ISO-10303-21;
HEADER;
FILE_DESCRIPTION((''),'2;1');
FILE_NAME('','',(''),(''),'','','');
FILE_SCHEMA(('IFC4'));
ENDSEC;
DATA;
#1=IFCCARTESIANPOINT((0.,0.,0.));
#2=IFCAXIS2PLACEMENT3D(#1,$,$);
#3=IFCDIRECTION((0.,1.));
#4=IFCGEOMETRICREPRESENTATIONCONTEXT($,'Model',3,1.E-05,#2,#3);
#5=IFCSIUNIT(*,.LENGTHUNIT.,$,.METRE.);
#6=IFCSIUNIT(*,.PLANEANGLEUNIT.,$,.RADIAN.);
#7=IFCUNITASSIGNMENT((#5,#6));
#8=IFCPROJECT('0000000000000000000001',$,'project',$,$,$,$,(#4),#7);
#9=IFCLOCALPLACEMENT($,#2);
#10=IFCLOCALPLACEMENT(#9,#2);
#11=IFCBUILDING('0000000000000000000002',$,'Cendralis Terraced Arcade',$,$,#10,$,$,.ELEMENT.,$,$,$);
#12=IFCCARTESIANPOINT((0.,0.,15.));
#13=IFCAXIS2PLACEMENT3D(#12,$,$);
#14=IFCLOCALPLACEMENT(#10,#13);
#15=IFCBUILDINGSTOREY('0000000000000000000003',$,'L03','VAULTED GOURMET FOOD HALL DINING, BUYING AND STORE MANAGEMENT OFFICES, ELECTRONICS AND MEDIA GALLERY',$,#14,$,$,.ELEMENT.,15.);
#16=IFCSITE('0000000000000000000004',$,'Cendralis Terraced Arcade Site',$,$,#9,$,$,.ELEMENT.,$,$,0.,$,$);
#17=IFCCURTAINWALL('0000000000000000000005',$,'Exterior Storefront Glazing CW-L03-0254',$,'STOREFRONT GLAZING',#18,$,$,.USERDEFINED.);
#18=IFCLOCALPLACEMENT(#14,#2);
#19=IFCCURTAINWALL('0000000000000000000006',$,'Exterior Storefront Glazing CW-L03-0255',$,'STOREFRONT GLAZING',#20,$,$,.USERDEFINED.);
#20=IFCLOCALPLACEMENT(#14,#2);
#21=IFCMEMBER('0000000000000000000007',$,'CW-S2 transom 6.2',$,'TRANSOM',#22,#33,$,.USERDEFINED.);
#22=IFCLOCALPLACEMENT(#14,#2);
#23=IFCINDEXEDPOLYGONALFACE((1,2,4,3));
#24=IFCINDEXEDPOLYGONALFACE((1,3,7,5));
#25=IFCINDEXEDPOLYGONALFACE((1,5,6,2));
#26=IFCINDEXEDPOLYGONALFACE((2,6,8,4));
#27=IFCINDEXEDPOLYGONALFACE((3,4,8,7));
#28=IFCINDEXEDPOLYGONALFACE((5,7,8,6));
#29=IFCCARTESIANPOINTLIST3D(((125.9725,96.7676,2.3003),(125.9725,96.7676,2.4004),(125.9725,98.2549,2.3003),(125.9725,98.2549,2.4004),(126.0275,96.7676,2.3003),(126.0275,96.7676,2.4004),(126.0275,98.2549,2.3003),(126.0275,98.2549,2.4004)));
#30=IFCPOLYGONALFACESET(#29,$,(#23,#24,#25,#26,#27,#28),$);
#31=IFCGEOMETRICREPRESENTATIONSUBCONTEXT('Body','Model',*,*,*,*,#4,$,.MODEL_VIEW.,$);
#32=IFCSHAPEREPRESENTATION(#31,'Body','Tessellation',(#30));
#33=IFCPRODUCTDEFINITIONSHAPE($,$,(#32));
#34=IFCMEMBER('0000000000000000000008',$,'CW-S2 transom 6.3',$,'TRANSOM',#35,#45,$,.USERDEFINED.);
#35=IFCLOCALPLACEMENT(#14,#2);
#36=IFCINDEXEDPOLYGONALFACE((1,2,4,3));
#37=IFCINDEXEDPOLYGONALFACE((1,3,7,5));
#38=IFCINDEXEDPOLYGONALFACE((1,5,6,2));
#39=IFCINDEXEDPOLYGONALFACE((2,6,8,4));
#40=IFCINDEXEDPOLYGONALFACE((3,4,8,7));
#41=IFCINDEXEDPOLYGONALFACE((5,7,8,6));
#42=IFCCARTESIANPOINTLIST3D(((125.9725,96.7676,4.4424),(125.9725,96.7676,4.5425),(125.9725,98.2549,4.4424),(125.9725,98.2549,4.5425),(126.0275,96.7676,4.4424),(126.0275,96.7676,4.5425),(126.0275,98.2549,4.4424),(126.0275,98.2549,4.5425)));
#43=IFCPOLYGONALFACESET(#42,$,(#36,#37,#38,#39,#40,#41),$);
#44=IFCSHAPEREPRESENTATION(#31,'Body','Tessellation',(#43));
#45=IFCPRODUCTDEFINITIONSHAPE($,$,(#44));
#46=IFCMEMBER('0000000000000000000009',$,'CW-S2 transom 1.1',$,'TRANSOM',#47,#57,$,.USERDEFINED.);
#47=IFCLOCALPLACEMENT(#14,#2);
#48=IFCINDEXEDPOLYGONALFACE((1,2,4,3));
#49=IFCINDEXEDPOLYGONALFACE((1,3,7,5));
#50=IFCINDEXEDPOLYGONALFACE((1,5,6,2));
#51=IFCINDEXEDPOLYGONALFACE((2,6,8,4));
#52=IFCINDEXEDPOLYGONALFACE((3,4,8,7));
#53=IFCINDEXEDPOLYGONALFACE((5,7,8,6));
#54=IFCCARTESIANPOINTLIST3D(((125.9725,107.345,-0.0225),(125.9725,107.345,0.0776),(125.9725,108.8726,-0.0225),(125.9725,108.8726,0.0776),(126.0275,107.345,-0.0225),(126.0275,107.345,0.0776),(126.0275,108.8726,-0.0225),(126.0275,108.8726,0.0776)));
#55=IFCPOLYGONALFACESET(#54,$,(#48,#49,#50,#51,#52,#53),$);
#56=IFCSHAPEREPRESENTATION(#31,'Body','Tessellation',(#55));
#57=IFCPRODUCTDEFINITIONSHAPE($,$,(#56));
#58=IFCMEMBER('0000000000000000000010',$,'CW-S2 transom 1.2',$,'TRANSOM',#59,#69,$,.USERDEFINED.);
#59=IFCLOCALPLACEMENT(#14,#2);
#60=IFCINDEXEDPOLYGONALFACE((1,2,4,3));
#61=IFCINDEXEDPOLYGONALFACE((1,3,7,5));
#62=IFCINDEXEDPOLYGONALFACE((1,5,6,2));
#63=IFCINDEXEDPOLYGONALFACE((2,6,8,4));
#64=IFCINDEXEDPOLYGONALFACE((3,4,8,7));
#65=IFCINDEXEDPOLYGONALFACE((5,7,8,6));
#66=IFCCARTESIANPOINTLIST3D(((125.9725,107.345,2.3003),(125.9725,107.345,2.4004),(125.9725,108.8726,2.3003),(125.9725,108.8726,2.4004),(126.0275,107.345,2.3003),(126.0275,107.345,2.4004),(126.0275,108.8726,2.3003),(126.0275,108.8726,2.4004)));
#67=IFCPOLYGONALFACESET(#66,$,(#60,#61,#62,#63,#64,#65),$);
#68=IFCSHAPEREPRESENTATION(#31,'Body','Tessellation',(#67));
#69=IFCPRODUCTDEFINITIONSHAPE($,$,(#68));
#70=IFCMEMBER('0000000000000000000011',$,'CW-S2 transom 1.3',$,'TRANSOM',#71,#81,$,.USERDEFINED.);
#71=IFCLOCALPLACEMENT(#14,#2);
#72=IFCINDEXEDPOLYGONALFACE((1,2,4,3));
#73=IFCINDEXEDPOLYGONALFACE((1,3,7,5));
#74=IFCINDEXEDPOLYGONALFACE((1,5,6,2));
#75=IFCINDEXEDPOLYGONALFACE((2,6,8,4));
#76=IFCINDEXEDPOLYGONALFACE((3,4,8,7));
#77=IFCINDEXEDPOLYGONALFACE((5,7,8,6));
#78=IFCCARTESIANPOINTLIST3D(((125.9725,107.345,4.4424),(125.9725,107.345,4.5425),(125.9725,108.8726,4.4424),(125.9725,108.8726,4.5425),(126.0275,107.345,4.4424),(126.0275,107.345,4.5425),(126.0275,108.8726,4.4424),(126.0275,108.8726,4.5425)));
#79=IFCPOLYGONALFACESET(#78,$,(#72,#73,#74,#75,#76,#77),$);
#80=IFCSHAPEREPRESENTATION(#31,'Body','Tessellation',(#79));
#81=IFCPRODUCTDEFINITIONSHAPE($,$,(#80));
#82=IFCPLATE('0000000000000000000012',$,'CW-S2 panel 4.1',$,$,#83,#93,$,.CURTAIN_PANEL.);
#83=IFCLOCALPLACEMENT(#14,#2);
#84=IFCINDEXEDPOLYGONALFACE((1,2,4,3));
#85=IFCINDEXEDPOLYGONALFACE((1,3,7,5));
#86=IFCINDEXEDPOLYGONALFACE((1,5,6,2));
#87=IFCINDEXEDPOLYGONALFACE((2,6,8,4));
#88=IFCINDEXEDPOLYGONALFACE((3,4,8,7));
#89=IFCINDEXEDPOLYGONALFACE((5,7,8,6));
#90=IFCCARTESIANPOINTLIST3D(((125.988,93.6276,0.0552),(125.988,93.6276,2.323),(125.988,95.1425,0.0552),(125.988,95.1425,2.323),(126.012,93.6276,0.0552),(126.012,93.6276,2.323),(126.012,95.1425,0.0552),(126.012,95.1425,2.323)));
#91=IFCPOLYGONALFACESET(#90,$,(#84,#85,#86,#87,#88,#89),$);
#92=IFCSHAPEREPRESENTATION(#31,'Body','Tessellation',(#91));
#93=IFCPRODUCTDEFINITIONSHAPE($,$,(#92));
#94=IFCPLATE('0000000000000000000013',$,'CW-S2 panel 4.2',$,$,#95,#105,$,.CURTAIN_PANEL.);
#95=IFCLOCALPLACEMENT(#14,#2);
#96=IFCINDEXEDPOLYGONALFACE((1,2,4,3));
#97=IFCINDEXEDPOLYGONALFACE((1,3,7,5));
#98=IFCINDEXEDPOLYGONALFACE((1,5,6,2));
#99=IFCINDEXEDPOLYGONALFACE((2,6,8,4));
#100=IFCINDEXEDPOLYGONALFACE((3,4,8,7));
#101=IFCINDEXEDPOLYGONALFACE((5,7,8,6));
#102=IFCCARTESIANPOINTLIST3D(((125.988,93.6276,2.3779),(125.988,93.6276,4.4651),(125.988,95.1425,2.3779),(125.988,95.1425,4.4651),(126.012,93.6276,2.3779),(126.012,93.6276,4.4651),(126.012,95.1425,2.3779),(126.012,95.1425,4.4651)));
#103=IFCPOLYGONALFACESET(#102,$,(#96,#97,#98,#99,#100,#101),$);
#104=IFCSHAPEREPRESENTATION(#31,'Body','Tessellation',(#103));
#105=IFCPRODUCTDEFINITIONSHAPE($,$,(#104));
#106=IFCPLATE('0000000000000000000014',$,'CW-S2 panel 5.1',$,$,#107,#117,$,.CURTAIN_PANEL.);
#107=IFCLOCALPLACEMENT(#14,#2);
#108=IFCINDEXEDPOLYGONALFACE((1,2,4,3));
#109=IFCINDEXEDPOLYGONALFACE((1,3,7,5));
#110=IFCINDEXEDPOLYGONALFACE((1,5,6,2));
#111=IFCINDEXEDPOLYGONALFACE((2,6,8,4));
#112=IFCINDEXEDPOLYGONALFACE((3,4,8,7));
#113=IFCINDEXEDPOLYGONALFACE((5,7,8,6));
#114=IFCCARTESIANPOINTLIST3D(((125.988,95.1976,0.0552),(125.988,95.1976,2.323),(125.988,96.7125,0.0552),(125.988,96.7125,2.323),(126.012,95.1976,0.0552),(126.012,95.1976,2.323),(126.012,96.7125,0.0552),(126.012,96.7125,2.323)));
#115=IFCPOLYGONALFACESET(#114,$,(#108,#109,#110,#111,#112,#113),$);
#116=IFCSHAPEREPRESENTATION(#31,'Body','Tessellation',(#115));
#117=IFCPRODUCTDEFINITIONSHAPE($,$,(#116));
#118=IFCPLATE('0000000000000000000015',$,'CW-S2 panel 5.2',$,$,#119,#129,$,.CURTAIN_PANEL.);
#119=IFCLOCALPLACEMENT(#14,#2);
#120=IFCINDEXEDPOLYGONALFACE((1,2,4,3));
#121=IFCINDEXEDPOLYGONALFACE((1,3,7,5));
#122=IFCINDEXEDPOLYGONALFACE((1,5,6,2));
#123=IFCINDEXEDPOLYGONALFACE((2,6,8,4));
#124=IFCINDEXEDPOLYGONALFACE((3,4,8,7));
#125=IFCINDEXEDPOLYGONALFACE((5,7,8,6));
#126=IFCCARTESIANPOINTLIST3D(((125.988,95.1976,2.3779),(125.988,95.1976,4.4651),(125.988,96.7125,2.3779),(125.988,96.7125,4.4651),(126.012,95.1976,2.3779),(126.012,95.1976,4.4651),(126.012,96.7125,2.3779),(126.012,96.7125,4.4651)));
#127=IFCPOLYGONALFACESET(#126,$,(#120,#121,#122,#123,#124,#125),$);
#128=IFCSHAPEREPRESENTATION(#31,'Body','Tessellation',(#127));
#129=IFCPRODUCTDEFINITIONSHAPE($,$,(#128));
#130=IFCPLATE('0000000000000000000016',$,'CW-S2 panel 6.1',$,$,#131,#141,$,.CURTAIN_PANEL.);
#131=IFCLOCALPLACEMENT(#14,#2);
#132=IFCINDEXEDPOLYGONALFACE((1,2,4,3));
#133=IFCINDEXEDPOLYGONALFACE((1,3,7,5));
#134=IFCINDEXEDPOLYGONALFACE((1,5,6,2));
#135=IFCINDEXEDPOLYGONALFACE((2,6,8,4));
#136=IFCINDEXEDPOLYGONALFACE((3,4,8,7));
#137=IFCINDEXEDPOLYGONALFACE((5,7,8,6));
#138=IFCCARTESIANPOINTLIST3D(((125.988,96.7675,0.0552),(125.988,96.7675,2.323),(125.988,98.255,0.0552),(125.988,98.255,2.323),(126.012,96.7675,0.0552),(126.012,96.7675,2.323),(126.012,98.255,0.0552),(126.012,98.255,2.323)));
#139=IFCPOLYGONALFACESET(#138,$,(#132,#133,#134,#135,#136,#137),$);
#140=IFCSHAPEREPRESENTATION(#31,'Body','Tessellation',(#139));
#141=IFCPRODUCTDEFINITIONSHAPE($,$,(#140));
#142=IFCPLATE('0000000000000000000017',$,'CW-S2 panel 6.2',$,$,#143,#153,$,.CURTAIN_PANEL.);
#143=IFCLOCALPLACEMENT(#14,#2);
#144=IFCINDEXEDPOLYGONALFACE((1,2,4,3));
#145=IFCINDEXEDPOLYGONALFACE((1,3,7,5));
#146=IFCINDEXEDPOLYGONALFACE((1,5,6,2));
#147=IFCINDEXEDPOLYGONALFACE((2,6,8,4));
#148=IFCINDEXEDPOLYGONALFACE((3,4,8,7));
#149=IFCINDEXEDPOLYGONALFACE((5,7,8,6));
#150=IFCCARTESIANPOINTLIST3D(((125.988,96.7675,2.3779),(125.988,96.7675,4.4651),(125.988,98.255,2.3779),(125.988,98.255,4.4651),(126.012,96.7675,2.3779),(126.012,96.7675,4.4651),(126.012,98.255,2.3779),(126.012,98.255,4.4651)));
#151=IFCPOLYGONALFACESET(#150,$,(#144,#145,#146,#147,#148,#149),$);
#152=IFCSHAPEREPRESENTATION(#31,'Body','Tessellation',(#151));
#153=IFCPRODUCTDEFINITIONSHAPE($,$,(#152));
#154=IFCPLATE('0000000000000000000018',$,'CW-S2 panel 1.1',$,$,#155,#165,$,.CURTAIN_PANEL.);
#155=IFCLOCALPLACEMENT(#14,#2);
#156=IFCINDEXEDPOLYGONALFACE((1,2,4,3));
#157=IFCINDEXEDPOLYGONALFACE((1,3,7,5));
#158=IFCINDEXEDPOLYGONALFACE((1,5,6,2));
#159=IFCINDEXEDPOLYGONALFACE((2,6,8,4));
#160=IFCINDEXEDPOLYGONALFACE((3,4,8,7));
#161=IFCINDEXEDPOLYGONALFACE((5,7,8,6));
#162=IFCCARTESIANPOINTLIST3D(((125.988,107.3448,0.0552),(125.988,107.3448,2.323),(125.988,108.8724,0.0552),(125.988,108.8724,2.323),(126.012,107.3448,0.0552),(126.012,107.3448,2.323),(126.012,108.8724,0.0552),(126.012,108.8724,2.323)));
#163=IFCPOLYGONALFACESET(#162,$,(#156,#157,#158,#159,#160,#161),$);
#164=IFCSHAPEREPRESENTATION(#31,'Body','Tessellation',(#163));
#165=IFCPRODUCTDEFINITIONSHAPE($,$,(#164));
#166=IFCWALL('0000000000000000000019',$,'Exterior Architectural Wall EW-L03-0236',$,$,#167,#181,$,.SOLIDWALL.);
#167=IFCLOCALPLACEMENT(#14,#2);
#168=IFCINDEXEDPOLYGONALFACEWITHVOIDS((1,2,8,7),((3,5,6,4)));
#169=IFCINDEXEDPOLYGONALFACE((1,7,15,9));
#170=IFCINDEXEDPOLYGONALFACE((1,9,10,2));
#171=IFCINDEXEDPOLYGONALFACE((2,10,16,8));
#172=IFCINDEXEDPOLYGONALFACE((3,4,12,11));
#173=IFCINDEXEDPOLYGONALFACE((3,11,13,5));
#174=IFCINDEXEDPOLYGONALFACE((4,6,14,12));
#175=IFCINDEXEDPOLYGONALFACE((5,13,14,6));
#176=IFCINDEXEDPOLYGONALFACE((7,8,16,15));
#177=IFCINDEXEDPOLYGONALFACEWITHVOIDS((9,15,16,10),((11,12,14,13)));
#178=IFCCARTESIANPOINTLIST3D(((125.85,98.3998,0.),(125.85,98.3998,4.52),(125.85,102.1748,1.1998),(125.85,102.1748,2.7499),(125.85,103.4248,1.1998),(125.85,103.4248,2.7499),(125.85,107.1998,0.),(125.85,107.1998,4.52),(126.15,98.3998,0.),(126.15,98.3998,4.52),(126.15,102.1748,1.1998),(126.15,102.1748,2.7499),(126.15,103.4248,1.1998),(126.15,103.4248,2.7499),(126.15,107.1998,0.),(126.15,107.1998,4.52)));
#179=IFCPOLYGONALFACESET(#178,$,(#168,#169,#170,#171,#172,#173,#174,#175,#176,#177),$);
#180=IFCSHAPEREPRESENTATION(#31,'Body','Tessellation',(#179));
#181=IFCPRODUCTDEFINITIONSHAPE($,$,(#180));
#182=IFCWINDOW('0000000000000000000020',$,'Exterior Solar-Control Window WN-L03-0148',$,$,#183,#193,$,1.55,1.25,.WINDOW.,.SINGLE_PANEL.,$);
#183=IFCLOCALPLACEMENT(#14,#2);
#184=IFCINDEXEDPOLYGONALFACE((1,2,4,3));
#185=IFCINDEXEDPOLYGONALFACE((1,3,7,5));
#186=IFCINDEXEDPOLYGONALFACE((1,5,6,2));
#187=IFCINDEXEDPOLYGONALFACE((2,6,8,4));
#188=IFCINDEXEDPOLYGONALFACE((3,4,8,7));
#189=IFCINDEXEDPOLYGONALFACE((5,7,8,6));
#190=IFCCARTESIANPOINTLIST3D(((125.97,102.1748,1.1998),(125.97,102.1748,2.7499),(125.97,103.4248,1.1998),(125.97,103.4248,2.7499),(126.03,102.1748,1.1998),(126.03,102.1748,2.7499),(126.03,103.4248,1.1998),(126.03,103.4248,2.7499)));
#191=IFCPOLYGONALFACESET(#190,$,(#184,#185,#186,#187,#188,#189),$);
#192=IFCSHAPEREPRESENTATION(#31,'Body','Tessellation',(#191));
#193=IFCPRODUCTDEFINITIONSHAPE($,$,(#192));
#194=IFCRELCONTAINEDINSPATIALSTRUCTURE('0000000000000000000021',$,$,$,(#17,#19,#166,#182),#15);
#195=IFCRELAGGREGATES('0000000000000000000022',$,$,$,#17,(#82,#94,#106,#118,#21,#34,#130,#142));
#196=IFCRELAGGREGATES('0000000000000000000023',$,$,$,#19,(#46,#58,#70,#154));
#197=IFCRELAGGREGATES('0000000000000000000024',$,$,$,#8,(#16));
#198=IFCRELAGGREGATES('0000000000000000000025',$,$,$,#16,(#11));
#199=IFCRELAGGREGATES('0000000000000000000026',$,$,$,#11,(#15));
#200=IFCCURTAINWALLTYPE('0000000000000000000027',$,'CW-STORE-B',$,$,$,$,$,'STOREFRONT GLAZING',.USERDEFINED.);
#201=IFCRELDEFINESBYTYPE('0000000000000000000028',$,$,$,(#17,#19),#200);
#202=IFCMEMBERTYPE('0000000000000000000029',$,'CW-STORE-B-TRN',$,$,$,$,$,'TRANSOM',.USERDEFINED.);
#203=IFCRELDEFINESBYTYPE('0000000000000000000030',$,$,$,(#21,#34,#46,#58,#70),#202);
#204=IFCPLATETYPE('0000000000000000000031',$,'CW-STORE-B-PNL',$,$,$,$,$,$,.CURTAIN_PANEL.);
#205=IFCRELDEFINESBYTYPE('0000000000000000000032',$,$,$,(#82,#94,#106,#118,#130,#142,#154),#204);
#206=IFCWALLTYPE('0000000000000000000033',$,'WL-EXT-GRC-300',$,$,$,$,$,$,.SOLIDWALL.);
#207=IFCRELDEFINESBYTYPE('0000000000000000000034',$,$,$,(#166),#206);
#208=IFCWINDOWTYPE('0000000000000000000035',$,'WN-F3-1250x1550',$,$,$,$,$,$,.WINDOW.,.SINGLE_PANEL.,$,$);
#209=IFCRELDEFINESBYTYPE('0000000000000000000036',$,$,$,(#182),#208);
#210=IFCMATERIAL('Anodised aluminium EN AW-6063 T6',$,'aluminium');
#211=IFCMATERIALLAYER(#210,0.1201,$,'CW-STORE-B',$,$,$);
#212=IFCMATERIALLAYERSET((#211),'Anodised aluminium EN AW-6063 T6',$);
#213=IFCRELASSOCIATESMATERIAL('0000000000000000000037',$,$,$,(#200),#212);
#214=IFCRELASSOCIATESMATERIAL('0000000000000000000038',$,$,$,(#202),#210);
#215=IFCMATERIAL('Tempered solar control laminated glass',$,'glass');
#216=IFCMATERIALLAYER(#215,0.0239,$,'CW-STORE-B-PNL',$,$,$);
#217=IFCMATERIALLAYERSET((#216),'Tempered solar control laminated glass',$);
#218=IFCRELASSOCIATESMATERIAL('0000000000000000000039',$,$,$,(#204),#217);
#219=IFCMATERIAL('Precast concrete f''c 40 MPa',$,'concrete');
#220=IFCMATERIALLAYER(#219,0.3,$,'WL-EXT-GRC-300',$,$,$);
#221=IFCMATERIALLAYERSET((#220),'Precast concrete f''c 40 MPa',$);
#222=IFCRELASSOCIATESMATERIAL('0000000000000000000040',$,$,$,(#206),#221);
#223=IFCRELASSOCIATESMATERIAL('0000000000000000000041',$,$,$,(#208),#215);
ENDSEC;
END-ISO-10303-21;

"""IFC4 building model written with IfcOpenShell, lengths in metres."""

from ifc_helpers import new_model, si_unit, direction, frame, frame_2d, origin, origin_2d, place, context, subcontext, project, spatial, rectangle, extrude, material, layer, layer_set, material_profile, profile_set, type_object, element, fill, aggregate, save


model = new_model("IFC4")

# Units and contexts
model_context = context("Model", 3, precision=1e-05, world=origin(), true_north=direction((0.0, 1.0)))
body_context = subcontext(model_context, "Body", "Model", "MODEL_VIEW")
ifc_project = project(units=[si_unit("LENGTHUNIT", "METRE"), si_unit("PLANEANGLEUNIT", "RADIAN")], contexts=[model_context])

# Site, building, storey
site_placement = place(None, origin())
site = spatial("IfcSite", under=ifc_project, at=site_placement, Name="Cendralis Terraced Arcade Site", CompositionType="ELEMENT", RefElevation=0.0)
building_placement = place(site_placement, origin())
building = spatial("IfcBuilding", under=site, at=building_placement, Name="Cendralis Terraced Arcade", CompositionType="ELEMENT")
storey_placement = place(building_placement, frame((0.0, 0.0, 15.0)))
storey = spatial("IfcBuildingStorey", under=building, at=storey_placement, Name="L03", Description="VAULTED GOURMET FOOD HALL DINING, BUYING AND STORE MANAGEMENT OFFICES, ELECTRONICS AND MEDIA GALLERY", CompositionType="ELEMENT", Elevation=15.0)

# Curtain wall
ifc_material_1 = material(Name="Anodised aluminium EN AW-6063 T6", Category="aluminium")
ifc_layer_1 = layer(ifc_material_1, 0.1201, Name="CW-STORE-B")
ifc_layer_set_1 = layer_set([ifc_layer_1], Name="Anodised aluminium EN AW-6063 T6")
curtain_wall_type = type_object("IfcCurtainWallType", Name="CW-STORE-B", ElementType="STOREFRONT GLAZING", PredefinedType="USERDEFINED", material=ifc_layer_set_1)
curtain_wall_1_placement = place(storey_placement, origin())
curtain_wall_1 = element("IfcCurtainWall", 1, at=curtain_wall_1_placement, inside=storey, type_object=curtain_wall_type, Name="Exterior Storefront Glazing CW-L03-0254", ObjectType="STOREFRONT GLAZING", PredefinedType="USERDEFINED")

# Curtain wall
curtain_wall_2_placement = place(storey_placement, origin())
curtain_wall_2 = element("IfcCurtainWall", 2, at=curtain_wall_2_placement, inside=storey, type_object=curtain_wall_type, Name="Exterior Storefront Glazing CW-L03-0255", ObjectType="STOREFRONT GLAZING", PredefinedType="USERDEFINED")

# Members
ifc_material_profile_1 = material_profile(ifc_material_1, rectangle(XDim=0.0549, YDim=0.1001, at=origin_2d()), Name="ALU-TRN-55x100")
ifc_profile_set_1 = profile_set([ifc_material_profile_1], Name="Anodised aluminium EN AW-6063 T6")
member_type_1 = type_object("IfcMemberType", Name="CW-STORE-B-TRN", ElementType="TRANSOM", PredefinedType="USERDEFINED", material=ifc_profile_set_1)
member_1_placement = place(storey_placement, frame((126.0, 96.7676, 2.3503), z_axis=(0.0, 1.0, 0.0), x_axis=(-1.0, 0.0, 0.0)))
member_1 = element("IfcMember", 3, at=member_1_placement, type_object=member_type_1, Name="CW-S2 transom 6.2", ObjectType="TRANSOM", PredefinedType="USERDEFINED", context=body_context, shape_type="SweptSolid", body=[
    extrude(rectangle(XDim=0.0549, YDim=0.1001, at=origin_2d()), origin(), (0.0, 0.0, 1.0), 1.4873),
])
member_2_placement = place(storey_placement, frame((126.0, 96.7676, 4.4924), z_axis=(0.0, 1.0, 0.0), x_axis=(-1.0, 0.0, 0.0)))
member_2 = element("IfcMember", 4, at=member_2_placement, type_object=member_type_1, Name="CW-S2 transom 6.3", ObjectType="TRANSOM", PredefinedType="USERDEFINED", context=body_context, shape_type="SweptSolid", body=[
    extrude(rectangle(XDim=0.0549, YDim=0.1001, at=origin_2d()), origin(), (0.0, 0.0, 1.0), 1.4873),
])
member_3_placement = place(storey_placement, frame((126.0, 107.345, 0.0276), z_axis=(0.0, 1.0, 0.0), x_axis=(-1.0, 0.0, 0.0)))
member_3 = element("IfcMember", 5, at=member_3_placement, type_object=member_type_1, Name="CW-S2 transom 1.1", ObjectType="TRANSOM", PredefinedType="USERDEFINED", context=body_context, shape_type="SweptSolid", body=[
    extrude(rectangle(XDim=0.0549, YDim=0.1001, at=origin_2d()), origin(), (0.0, 0.0, 1.0), 1.5276),
])
member_4_placement = place(storey_placement, frame((126.0, 107.345, 2.3503), z_axis=(0.0, 1.0, 0.0), x_axis=(-1.0, 0.0, 0.0)))
member_4 = element("IfcMember", 6, at=member_4_placement, type_object=member_type_1, Name="CW-S2 transom 1.2", ObjectType="TRANSOM", PredefinedType="USERDEFINED", context=body_context, shape_type="SweptSolid", body=[
    extrude(rectangle(XDim=0.0549, YDim=0.1001, at=origin_2d()), origin(), (0.0, 0.0, 1.0), 1.5276),
])
member_5_placement = place(storey_placement, frame((126.0, 107.345, 4.4924), z_axis=(0.0, 1.0, 0.0), x_axis=(-1.0, 0.0, 0.0)))
member_5 = element("IfcMember", 7, at=member_5_placement, type_object=member_type_1, Name="CW-S2 transom 1.3", ObjectType="TRANSOM", PredefinedType="USERDEFINED", context=body_context, shape_type="SweptSolid", body=[
    extrude(rectangle(XDim=0.0549, YDim=0.1001, at=origin_2d()), origin(), (0.0, 0.0, 1.0), 1.5276),
])

# Plates
ifc_material_2 = material(Name="Tempered solar control laminated glass", Category="glass")
ifc_layer_2 = layer(ifc_material_2, 0.0239, Name="CW-STORE-B-PNL")
ifc_layer_set_2 = layer_set([ifc_layer_2], Name="Tempered solar control laminated glass")
plate_type = type_object("IfcPlateType", Name="CW-STORE-B-PNL", PredefinedType="CURTAIN_PANEL", material=ifc_layer_set_2)
plate_1_placement = place(storey_placement, frame((126.0, 94.385, 0.0552), z_axis=(0.0, 0.0, 1.0), x_axis=(0.0, 1.0, 0.0)))
plate_1 = element("IfcPlate", 8, at=plate_1_placement, type_object=plate_type, Name="CW-S2 panel 4.1", PredefinedType="CURTAIN_PANEL", context=body_context, shape_type="SweptSolid", body=[
    extrude(rectangle(XDim=1.5149, YDim=0.0239, at=origin_2d()), origin(), (0.0, 0.0, 1.0), 2.2678),
])
plate_2_placement = place(storey_placement, frame((126.0, 94.385, 2.3779), z_axis=(0.0, 0.0, 1.0), x_axis=(0.0, 1.0, 0.0)))
plate_2 = element("IfcPlate", 9, at=plate_2_placement, type_object=plate_type, Name="CW-S2 panel 4.2", PredefinedType="CURTAIN_PANEL", context=body_context, shape_type="SweptSolid", body=[
    extrude(rectangle(XDim=1.5149, YDim=0.0239, at=origin_2d()), origin(), (0.0, 0.0, 1.0), 2.0872),
])
plate_3_placement = place(storey_placement, frame((126.0, 95.9551, 0.0552), z_axis=(0.0, 0.0, 1.0), x_axis=(0.0, 1.0, 0.0)))
plate_3 = element("IfcPlate", 10, at=plate_3_placement, type_object=plate_type, Name="CW-S2 panel 5.1", PredefinedType="CURTAIN_PANEL", context=body_context, shape_type="SweptSolid", body=[
    extrude(rectangle(XDim=1.5149, YDim=0.0239, at=origin_2d()), origin(), (0.0, 0.0, 1.0), 2.2678),
])
plate_4_placement = place(storey_placement, frame((126.0, 95.9551, 2.3779), z_axis=(0.0, 0.0, 1.0), x_axis=(0.0, 1.0, 0.0)))
plate_4 = element("IfcPlate", 11, at=plate_4_placement, type_object=plate_type, Name="CW-S2 panel 5.2", PredefinedType="CURTAIN_PANEL", context=body_context, shape_type="SweptSolid", body=[
    extrude(rectangle(XDim=1.5149, YDim=0.0239, at=origin_2d()), origin(), (0.0, 0.0, 1.0), 2.0872),
])
plate_5_placement = place(storey_placement, frame((126.0, 97.5112, 0.0552), z_axis=(0.0, 0.0, 1.0), x_axis=(0.0, 1.0, 0.0)))
plate_5 = element("IfcPlate", 12, at=plate_5_placement, type_object=plate_type, Name="CW-S2 panel 6.1", PredefinedType="CURTAIN_PANEL", context=body_context, shape_type="SweptSolid", body=[
    extrude(rectangle(XDim=1.4875, YDim=0.0239, at=origin_2d()), origin(), (0.0, 0.0, 1.0), 2.2678),
])
plate_6_placement = place(storey_placement, frame((126.0, 97.5112, 2.3779), z_axis=(0.0, 0.0, 1.0), x_axis=(0.0, 1.0, 0.0)))
plate_6 = element("IfcPlate", 13, at=plate_6_placement, type_object=plate_type, Name="CW-S2 panel 6.2", PredefinedType="CURTAIN_PANEL", context=body_context, shape_type="SweptSolid", body=[
    extrude(rectangle(XDim=1.4875, YDim=0.0239, at=origin_2d()), origin(), (0.0, 0.0, 1.0), 2.0872),
])
aggregate(curtain_wall_1, [plate_1, plate_2, plate_3, plate_4, member_1, member_2, plate_5, plate_6])
plate_7_placement = place(storey_placement, frame((126.0, 108.1086, 0.0552), z_axis=(0.0, 0.0, 1.0), x_axis=(0.0, 1.0, 0.0)))
plate_7 = element("IfcPlate", 14, at=plate_7_placement, type_object=plate_type, Name="CW-S2 panel 1.1", PredefinedType="CURTAIN_PANEL", context=body_context, shape_type="SweptSolid", body=[
    extrude(rectangle(XDim=1.5276, YDim=0.0239, at=origin_2d()), origin(), (0.0, 0.0, 1.0), 2.2678),
])
aggregate(curtain_wall_2, [member_3, member_4, member_5, plate_7])

# Wall, opening, window
ifc_material_3 = material(Name="Precast concrete f'c 40 MPa", Category="concrete")
ifc_layer_3 = layer(ifc_material_3, 0.3, Name="WL-EXT-GRC-300")
ifc_layer_set_3 = layer_set([ifc_layer_3], Name="Precast concrete f'c 40 MPa")
wall_type_1 = type_object("IfcWallType", Name="WL-EXT-GRC-300", PredefinedType="SOLIDWALL", material=ifc_layer_set_3)
wall_1_placement = place(storey_placement, frame((126.0, 98.3999, 0.0), z_axis=(0.0, 0.0, 1.0), x_axis=(0.0, 1.0, 0.0)))
wall_1 = element("IfcWall", 15, at=wall_1_placement, inside=storey, type_object=wall_type_1, Name="Exterior Architectural Wall EW-L03-0236", PredefinedType="SOLIDWALL", context=body_context, shape_type="SweptSolid", body=[
    extrude(rectangle(XDim=8.8, YDim=0.3, at=frame_2d((4.3999, 0.0))), origin(), (0.0, 0.0, 1.0), 4.52),
])
opening_1_placement = place(wall_1_placement, frame((3.7749, 0.0, 1.2)))
opening_1 = element("IfcOpeningElement", 16, at=opening_1_placement, cuts=wall_1, PredefinedType="OPENING", context=body_context, shape_type="SweptSolid", body=[
    extrude(rectangle(XDim=1.25, YDim=1.55, at=frame_2d((0.625, 0.7749))), frame((0.0, 0.1621, 0.0), z_axis=(0.0, -1.0, 0.0), x_axis=(1.0, 0.0, 0.0)), (0.0, 0.0, 1.0), 0.324),
])
window_type = type_object("IfcWindowType", Name="WN-F3-1250x1550", PartitioningType="SINGLE_PANEL", PredefinedType="WINDOW", material=ifc_material_2)
window_placement = place(opening_1_placement, origin())
window = element("IfcWindow", 17, at=window_placement, inside=storey, type_object=window_type, Name="Exterior Solar-Control Window WN-L03-0148", OverallHeight=1.55, OverallWidth=1.25, PartitioningType="SINGLE_PANEL", PredefinedType="WINDOW", context=body_context, shape_type="SweptSolid", body=[
    extrude(rectangle(XDim=1.25, YDim=1.55, at=frame_2d((0.625, 0.7749))), frame((0.0, 0.03, 0.0), z_axis=(0.0, -1.0, 0.0), x_axis=(1.0, 0.0, 0.0)), (0.0, 0.0, 1.0), 0.0601),
])
fill(opening_1, window)

save(model, "model.ifc")
